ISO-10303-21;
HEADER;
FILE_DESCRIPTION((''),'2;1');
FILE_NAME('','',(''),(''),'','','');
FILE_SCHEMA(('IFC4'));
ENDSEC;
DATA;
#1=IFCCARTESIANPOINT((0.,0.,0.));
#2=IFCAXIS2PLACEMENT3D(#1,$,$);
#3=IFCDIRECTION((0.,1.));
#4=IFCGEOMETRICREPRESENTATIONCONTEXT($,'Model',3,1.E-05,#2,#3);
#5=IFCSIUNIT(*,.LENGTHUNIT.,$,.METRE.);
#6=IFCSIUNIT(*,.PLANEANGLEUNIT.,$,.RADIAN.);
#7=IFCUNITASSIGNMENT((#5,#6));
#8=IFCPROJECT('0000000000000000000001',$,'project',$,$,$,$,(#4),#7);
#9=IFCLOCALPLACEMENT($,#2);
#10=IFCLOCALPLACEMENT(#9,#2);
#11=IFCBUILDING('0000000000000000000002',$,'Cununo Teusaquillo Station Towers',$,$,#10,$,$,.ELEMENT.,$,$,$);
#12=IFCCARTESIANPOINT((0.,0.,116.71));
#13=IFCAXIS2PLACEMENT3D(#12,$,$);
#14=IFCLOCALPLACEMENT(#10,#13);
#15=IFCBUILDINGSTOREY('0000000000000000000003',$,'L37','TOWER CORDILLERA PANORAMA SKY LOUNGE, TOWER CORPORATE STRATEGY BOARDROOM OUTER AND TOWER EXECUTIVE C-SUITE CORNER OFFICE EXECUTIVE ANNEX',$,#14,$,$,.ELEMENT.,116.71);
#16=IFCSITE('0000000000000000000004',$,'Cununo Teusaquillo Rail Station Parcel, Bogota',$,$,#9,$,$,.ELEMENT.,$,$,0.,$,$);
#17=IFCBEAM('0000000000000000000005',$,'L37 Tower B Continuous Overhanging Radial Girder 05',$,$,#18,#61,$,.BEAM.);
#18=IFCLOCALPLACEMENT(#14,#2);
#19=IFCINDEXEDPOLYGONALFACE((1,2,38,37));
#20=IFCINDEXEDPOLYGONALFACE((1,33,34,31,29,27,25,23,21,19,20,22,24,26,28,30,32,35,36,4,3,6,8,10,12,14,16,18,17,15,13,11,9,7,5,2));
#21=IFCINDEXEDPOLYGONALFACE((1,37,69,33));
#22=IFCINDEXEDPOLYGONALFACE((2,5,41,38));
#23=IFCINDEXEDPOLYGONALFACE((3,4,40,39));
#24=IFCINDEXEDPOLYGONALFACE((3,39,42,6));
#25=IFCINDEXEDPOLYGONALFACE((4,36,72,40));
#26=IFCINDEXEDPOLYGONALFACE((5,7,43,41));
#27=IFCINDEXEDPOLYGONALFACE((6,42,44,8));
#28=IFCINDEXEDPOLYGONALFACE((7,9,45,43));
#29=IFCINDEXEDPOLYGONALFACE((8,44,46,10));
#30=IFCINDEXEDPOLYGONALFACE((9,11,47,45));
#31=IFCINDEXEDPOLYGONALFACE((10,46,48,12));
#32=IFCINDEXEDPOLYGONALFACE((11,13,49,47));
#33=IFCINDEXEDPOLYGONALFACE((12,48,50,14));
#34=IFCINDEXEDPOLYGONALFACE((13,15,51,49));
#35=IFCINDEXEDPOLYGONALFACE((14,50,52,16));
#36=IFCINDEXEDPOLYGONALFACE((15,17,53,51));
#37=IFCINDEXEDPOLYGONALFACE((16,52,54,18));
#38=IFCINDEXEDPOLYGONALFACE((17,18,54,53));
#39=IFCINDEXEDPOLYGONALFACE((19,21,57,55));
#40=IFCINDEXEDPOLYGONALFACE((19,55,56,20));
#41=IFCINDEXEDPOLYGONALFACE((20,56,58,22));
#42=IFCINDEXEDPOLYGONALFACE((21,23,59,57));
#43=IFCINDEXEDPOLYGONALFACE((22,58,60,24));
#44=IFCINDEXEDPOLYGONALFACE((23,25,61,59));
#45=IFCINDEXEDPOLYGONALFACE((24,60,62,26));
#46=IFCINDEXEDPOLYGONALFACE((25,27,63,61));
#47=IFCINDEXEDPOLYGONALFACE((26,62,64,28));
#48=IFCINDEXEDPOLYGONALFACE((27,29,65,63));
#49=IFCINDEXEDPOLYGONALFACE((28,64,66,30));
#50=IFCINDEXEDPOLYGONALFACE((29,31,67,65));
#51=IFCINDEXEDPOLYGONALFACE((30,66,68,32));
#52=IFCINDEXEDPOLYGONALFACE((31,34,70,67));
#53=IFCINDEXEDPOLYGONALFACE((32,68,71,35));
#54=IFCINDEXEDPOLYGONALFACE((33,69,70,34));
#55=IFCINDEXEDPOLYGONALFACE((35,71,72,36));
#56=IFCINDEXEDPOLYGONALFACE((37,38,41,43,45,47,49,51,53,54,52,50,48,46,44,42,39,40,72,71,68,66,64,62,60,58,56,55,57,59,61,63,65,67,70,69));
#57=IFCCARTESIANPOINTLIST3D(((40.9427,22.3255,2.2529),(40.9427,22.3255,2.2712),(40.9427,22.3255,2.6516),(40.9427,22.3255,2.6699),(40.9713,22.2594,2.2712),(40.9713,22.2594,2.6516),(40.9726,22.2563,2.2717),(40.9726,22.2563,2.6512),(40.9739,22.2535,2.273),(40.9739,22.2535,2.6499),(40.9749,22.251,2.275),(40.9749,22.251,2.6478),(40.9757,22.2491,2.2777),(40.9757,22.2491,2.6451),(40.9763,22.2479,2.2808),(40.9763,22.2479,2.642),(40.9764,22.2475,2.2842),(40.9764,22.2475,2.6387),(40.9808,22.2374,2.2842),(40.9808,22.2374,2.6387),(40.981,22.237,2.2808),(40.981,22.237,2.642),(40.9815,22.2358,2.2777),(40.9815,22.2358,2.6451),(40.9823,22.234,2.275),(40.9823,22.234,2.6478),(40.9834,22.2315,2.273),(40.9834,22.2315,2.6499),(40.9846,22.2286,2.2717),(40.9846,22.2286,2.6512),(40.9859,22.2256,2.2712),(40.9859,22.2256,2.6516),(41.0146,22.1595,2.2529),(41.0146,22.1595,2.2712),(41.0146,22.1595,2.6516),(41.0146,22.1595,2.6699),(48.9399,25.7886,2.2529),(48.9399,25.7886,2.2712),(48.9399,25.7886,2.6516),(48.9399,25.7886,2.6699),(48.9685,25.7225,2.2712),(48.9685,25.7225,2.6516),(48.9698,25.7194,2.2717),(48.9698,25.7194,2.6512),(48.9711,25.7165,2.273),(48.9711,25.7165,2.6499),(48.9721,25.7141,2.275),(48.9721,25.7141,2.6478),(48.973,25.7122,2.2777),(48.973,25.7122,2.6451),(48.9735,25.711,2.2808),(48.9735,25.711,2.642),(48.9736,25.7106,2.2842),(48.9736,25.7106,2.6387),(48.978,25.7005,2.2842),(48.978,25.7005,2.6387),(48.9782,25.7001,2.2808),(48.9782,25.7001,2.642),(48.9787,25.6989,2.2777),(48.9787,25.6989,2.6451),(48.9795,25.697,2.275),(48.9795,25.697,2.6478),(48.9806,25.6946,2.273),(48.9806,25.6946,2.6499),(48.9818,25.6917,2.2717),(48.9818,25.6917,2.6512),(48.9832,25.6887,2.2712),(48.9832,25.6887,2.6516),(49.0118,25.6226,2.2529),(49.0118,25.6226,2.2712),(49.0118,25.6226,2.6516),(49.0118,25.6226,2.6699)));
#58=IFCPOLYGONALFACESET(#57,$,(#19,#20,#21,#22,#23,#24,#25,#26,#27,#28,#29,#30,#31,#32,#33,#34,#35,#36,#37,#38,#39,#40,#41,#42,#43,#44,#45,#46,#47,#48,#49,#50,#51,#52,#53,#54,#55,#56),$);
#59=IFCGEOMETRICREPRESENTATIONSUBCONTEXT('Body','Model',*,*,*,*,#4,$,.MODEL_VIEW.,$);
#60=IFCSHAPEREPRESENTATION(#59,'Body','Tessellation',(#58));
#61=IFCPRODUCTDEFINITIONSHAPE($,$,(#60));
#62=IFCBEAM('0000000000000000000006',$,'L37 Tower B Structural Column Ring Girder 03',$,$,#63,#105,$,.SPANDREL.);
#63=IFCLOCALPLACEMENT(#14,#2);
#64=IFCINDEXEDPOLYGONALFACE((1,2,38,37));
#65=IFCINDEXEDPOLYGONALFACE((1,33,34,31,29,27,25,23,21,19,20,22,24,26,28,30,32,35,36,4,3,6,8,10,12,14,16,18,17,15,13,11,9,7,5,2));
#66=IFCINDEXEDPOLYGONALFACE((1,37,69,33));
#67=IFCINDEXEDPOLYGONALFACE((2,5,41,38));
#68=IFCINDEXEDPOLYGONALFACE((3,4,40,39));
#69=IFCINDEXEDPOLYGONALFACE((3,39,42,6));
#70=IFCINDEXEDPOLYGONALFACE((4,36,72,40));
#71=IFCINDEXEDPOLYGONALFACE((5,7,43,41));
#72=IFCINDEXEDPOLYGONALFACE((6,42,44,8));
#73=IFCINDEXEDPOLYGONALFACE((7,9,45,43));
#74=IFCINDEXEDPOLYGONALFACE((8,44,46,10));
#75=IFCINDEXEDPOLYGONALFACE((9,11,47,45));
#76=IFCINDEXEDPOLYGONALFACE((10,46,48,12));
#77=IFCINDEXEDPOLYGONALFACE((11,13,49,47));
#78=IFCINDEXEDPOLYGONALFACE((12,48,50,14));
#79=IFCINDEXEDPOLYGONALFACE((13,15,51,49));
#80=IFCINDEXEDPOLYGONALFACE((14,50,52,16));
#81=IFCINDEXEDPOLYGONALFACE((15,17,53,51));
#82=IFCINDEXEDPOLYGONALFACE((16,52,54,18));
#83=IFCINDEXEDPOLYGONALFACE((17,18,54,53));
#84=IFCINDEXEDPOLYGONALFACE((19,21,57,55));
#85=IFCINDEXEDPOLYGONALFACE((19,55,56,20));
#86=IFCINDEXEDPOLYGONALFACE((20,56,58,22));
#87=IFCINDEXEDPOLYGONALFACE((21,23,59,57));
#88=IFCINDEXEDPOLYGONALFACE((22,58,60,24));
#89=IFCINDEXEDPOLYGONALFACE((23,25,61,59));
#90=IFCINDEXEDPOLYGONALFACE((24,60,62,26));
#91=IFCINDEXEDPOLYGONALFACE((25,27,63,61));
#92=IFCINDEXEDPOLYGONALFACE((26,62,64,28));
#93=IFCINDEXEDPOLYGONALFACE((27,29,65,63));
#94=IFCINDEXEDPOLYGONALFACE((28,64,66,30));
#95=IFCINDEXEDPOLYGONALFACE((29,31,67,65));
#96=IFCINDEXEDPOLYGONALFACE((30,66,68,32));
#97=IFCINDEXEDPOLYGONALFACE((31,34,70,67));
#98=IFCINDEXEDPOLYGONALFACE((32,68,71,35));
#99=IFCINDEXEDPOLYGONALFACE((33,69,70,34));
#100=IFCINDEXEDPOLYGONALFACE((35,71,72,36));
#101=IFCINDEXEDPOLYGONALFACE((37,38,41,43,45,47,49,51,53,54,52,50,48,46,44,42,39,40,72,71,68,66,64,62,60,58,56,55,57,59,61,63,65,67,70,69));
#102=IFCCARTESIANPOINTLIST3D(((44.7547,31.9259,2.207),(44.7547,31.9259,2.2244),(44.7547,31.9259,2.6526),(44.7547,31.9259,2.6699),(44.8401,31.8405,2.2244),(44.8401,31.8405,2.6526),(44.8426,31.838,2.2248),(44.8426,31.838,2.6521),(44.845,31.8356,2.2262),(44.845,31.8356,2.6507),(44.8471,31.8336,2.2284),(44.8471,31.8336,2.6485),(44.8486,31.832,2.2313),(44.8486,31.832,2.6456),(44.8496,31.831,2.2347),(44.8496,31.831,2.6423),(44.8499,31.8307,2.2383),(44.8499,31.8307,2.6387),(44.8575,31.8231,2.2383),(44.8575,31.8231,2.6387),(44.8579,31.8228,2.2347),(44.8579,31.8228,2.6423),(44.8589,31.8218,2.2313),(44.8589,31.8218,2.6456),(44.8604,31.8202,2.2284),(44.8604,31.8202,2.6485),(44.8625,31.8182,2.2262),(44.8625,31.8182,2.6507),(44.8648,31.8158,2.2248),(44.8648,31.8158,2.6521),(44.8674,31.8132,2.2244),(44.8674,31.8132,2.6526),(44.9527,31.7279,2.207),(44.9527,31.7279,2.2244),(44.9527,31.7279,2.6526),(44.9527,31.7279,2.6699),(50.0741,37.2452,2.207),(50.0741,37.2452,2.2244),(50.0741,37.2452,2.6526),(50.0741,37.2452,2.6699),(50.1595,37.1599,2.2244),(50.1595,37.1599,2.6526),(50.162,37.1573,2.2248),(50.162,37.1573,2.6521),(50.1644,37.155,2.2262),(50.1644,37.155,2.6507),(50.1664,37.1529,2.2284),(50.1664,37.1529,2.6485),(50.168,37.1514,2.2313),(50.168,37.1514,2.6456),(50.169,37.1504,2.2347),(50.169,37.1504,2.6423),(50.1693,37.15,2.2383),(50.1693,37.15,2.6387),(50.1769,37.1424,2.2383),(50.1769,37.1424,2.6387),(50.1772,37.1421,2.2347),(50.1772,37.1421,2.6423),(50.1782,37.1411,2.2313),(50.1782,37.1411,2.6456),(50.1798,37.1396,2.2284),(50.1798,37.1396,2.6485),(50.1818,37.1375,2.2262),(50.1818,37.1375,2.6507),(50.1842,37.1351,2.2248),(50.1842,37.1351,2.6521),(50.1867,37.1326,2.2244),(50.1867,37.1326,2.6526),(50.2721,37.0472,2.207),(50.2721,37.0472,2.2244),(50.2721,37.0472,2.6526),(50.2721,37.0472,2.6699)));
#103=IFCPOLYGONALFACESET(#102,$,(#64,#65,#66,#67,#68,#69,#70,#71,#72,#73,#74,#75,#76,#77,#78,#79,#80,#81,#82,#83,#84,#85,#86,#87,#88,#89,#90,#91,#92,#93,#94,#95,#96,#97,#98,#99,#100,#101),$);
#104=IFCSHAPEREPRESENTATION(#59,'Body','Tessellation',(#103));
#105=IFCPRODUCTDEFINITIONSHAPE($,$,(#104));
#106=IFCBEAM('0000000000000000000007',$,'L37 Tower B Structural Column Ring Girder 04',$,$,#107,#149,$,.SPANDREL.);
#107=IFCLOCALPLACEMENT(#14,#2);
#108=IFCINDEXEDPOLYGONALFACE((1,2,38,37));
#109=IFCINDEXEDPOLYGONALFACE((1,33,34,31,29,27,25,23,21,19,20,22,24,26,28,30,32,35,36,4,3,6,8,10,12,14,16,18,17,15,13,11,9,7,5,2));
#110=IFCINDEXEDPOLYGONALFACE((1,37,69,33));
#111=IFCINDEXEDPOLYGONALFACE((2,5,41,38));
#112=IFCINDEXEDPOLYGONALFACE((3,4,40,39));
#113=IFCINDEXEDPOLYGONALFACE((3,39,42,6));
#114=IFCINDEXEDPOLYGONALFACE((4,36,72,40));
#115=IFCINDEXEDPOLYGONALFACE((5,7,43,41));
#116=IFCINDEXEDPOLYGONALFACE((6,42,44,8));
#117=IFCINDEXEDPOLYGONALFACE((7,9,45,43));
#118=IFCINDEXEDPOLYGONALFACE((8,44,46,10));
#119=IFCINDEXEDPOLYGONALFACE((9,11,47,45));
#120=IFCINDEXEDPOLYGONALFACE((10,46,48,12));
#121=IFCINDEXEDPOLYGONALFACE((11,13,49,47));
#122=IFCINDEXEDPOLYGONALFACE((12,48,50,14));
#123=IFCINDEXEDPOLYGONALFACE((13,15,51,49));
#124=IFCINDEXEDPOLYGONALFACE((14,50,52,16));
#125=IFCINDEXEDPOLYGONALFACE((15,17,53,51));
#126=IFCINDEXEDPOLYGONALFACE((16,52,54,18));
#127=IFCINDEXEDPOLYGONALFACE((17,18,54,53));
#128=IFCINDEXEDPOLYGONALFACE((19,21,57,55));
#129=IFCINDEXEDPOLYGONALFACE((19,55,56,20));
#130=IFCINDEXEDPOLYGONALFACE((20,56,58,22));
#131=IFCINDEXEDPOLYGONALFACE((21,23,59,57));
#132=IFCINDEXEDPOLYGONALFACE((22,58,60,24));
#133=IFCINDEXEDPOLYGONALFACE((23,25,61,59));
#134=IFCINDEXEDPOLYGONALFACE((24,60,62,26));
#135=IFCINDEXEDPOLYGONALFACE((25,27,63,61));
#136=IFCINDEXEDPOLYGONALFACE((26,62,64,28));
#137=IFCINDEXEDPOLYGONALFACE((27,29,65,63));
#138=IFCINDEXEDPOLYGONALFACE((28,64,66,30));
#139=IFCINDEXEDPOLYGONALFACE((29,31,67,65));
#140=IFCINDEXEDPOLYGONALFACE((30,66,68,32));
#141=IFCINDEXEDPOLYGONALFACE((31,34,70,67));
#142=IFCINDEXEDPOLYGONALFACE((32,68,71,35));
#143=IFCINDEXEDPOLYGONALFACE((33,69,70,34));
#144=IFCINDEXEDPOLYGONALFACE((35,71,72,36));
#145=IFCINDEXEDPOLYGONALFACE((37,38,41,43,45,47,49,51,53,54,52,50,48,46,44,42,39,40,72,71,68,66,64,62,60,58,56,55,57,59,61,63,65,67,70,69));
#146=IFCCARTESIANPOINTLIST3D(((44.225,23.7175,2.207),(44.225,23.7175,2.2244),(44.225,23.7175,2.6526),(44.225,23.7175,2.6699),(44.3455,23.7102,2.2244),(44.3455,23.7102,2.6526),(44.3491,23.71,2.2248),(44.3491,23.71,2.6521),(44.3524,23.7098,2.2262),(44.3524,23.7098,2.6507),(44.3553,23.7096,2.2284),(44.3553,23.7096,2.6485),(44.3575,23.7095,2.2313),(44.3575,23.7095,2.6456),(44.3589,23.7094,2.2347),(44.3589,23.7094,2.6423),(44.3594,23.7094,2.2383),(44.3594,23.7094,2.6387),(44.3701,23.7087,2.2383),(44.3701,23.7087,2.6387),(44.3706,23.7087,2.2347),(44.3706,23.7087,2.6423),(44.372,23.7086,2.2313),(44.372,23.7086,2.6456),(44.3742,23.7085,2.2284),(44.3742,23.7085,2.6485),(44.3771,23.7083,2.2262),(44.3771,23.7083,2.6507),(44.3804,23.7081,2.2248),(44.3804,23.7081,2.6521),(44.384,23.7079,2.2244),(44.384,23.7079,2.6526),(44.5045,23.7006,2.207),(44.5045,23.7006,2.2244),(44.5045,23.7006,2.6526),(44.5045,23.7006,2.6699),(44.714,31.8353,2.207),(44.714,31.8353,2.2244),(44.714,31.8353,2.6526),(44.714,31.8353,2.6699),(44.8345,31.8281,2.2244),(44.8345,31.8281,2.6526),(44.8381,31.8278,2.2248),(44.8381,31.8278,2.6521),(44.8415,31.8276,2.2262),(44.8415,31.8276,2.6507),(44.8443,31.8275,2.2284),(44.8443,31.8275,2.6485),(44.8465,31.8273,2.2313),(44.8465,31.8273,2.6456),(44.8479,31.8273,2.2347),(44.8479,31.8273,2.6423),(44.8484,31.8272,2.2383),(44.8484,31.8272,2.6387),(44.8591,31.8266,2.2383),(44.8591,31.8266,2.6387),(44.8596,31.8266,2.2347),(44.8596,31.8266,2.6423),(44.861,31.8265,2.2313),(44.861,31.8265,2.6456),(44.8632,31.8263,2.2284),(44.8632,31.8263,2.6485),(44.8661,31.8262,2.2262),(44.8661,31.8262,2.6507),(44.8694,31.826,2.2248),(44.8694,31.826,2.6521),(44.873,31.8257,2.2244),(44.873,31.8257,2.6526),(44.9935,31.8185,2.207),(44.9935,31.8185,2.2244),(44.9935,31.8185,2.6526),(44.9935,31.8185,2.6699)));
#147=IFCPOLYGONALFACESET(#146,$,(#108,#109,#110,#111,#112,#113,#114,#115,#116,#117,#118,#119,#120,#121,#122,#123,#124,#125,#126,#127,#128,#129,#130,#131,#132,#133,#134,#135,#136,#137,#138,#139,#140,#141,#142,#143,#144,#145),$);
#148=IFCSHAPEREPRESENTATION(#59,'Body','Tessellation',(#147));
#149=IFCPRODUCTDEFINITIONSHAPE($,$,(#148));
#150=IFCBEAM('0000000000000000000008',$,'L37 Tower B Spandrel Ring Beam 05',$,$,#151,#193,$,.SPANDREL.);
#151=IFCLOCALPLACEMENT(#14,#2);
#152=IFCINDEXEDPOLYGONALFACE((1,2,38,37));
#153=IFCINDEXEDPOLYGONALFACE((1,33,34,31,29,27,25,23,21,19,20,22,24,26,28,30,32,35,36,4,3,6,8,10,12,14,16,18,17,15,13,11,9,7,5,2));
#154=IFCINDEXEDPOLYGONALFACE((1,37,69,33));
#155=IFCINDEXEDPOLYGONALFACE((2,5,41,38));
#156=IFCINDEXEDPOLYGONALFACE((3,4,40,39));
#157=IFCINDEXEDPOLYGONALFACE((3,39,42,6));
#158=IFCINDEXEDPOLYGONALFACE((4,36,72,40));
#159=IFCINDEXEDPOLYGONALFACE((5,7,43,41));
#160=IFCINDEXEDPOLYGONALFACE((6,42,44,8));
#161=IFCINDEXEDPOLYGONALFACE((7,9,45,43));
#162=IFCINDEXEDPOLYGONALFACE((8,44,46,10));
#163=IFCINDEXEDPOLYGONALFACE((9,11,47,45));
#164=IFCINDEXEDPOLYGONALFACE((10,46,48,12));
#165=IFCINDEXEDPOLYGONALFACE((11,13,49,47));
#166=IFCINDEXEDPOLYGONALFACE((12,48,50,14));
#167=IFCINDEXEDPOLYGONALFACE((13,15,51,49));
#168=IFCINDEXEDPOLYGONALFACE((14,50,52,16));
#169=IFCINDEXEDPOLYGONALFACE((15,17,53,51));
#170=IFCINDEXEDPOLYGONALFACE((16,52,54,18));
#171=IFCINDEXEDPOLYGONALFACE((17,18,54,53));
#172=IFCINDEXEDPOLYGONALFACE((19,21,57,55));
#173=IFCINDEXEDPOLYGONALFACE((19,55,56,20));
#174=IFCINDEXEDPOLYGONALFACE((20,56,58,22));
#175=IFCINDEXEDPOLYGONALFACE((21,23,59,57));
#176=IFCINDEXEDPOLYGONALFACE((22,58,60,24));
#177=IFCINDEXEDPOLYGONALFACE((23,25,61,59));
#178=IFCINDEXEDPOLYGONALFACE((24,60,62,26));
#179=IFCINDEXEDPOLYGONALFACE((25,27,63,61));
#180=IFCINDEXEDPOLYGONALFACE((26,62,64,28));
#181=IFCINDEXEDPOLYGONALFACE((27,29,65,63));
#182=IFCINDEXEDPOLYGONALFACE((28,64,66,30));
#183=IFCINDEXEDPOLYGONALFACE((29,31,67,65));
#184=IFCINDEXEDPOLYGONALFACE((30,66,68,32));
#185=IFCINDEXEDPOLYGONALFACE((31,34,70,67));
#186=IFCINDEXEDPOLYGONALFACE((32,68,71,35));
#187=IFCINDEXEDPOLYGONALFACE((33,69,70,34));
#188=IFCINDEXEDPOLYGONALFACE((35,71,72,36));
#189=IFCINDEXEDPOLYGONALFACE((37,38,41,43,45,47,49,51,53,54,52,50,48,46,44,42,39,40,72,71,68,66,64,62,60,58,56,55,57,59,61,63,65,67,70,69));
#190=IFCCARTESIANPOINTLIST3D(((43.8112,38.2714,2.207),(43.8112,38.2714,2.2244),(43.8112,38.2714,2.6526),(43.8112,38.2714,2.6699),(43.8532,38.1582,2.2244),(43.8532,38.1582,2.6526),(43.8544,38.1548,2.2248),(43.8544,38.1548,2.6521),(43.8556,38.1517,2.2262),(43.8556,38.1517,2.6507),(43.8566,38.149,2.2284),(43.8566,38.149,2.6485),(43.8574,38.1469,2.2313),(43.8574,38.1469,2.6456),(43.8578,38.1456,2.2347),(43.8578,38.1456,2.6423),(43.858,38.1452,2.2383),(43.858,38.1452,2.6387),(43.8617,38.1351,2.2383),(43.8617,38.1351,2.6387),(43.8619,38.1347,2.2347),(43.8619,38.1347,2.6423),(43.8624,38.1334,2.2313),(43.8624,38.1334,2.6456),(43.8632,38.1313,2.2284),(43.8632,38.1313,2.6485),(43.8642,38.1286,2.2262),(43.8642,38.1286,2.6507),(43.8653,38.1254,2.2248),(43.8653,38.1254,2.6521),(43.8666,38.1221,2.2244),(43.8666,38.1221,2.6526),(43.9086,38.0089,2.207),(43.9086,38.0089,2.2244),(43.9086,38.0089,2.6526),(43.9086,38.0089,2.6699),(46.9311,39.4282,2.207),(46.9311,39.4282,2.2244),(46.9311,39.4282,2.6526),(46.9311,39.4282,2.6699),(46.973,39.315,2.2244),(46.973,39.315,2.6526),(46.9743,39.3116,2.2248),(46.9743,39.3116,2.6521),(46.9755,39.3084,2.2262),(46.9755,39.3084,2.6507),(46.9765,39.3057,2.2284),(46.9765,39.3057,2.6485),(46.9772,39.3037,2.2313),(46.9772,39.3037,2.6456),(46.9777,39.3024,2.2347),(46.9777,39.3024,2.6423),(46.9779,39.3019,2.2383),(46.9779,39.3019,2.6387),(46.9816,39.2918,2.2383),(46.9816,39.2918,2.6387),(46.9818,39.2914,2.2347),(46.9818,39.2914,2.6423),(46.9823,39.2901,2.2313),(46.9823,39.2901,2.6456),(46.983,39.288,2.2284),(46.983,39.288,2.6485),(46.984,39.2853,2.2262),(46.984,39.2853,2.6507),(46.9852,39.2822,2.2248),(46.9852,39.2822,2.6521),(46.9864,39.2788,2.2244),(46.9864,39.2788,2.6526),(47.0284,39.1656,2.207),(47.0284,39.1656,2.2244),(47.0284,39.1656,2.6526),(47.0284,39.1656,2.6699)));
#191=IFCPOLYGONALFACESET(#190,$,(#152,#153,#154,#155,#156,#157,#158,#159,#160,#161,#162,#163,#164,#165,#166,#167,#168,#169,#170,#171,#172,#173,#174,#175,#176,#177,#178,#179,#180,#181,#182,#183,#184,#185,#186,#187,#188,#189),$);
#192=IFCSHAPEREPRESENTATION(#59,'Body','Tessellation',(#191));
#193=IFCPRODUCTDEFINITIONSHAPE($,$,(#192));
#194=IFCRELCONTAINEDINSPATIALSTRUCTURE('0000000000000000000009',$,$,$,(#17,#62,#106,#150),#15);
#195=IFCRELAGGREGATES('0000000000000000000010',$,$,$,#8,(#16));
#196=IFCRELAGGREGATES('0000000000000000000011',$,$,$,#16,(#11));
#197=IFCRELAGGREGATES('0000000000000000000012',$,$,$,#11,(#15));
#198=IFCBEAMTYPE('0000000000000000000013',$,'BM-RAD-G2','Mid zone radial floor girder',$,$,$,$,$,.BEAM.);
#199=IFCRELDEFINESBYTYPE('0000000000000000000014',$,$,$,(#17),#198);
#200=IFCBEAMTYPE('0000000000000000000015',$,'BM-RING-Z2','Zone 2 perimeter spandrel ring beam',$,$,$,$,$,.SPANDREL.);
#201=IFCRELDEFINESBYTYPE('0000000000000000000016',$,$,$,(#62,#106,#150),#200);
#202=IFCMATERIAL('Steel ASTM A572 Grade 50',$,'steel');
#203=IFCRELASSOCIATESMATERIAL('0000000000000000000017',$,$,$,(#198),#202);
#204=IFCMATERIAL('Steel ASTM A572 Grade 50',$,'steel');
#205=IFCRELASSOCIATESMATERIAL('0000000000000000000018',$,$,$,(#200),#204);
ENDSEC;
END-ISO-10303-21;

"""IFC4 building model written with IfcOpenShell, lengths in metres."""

from ifc_helpers import new_model, si_unit, direction, frame, origin, origin_2d, place, context, subcontext, project, spatial, i_section, extrude, material, material_profile, profile_set, type_object, element, save


model = new_model("IFC4")

# Units and contexts
model_context = context("Model", 3, precision=1e-05, world=origin(), true_north=direction((0.0, 1.0)))
body_context = subcontext(model_context, "Body", "Model", "MODEL_VIEW")
ifc_project = project(units=[si_unit("LENGTHUNIT", "METRE"), si_unit("PLANEANGLEUNIT", "RADIAN")], contexts=[model_context])

# Site, building, storey
site_placement = place(None, origin())
site = spatial("IfcSite", under=ifc_project, at=site_placement, Name="Cununo Teusaquillo Rail Station Parcel, Bogota", CompositionType="ELEMENT", RefElevation=0.0)
building_placement = place(site_placement, origin())
building = spatial("IfcBuilding", under=site, at=building_placement, Name="Cununo Teusaquillo Station Towers", CompositionType="ELEMENT")
storey_placement = place(building_placement, frame((0.0, 0.0, 116.71)))
storey = spatial("IfcBuildingStorey", under=building, at=storey_placement, Name="L37", Description="TOWER CORDILLERA PANORAMA SKY LOUNGE, TOWER CORPORATE STRATEGY BOARDROOM OUTER AND TOWER EXECUTIVE C-SUITE CORNER OFFICE EXECUTIVE ANNEX", CompositionType="ELEMENT", Elevation=116.71)

# Beams
ifc_material_1 = material(Name="Steel ASTM A572 Grade 50", Category="steel")
ifc_material_profile_1 = material_profile(ifc_material_1, i_section(OverallWidth=0.1809, OverallDepth=0.417, WebThickness=0.011, FlangeThickness=0.0183, FilletRadius=0.0129, at=origin_2d()), Name="W16X57")
ifc_profile_set_1 = profile_set([ifc_material_profile_1], Name="Steel ASTM A572 Grade 50")
beam_type_1 = type_object("IfcBeamType", Name="BM-RAD-G2", Description="Mid zone radial floor girder", PredefinedType="BEAM", material=ifc_profile_set_1)
beam_1_placement = place(storey_placement, frame((48.9758, 25.7056, 2.4614), z_axis=(-0.917655, -0.397379, 0.0), x_axis=(0.397379, -0.917655, 0.0)))
element("IfcBeam", 1, at=beam_1_placement, inside=storey, type_object=beam_type_1, Name="L37 Tower B Continuous Overhanging Radial Girder 05", PredefinedType="BEAM", context=body_context, shape_type="SweptSolid", body=[
    extrude(i_section(OverallWidth=0.1809, OverallDepth=0.417, WebThickness=0.011, FlangeThickness=0.0183, FilletRadius=0.0129, at=origin_2d()), origin(), (0.0, 0.0, 1.0), 8.7148),
])
ifc_material_2 = material(Name="Steel ASTM A572 Grade 50", Category="steel")
ifc_material_profile_2 = material_profile(ifc_material_2, i_section(OverallWidth=0.28, OverallDepth=0.4629, WebThickness=0.0107, FlangeThickness=0.0173, FilletRadius=0.0139, at=origin_2d()), Name="W18X76")
ifc_profile_set_2 = profile_set([ifc_material_profile_2], Name="Steel ASTM A572 Grade 50")
beam_type_2 = type_object("IfcBeamType", Name="BM-RING-Z2", Description="Zone 2 perimeter spandrel ring beam", PredefinedType="SPANDREL", material=ifc_profile_set_2)
beam_2_placement = place(storey_placement, frame((50.1731, 37.1462, 2.4385), z_axis=(-0.707107, -0.707107, 0.0), x_axis=(0.707107, -0.707107, 0.0)))
element("IfcBeam", 2, at=beam_2_placement, inside=storey, type_object=beam_type_2, Name="L37 Tower B Structural Column Ring Girder 03", PredefinedType="SPANDREL", context=body_context, shape_type="SweptSolid", body=[
    extrude(i_section(OverallWidth=0.28, OverallDepth=0.4629, WebThickness=0.0107, FlangeThickness=0.0173, FilletRadius=0.0139, at=origin_2d()), origin(), (0.0, 0.0, 1.0), 7.5227),
])
beam_3_placement = place(storey_placement, frame((44.8538, 31.8269, 2.4385), z_axis=(-0.06013, -0.998191, 0.0), x_axis=(0.998191, -0.06013, 0.0)))
element("IfcBeam", 3, at=beam_3_placement, inside=storey, type_object=beam_type_2, Name="L37 Tower B Structural Column Ring Girder 04", PredefinedType="SPANDREL", context=body_context, shape_type="SweptSolid", body=[
    extrude(i_section(OverallWidth=0.28, OverallDepth=0.4629, WebThickness=0.0107, FlangeThickness=0.0173, FilletRadius=0.0139, at=origin_2d()), origin(), (0.0, 0.0, 1.0), 8.1326),
])
for number, where, z_axis, x_axis, name in (
    (4, (46.9797, 39.2969, 2.4385), (-0.937628, -0.347639, 0.0), (0.347639, -0.937628, 0.0), "L37 Tower B Spandrel Ring Beam 05"),
):
    element("IfcBeam", number, at=place(storey_placement, frame(where, z_axis=z_axis, x_axis=x_axis)), inside=storey, type_object=beam_type_2, Name=name, PredefinedType="SPANDREL", context=body_context, shape_type="SweptSolid", body=[
        extrude(i_section(OverallWidth=0.28, OverallDepth=0.4629, WebThickness=0.0107, FlangeThickness=0.0173, FilletRadius=0.0139, at=origin_2d()), origin(), (0.0, 0.0, 1.0), 3.3274),
    ])

save(model, "model.ifc")
